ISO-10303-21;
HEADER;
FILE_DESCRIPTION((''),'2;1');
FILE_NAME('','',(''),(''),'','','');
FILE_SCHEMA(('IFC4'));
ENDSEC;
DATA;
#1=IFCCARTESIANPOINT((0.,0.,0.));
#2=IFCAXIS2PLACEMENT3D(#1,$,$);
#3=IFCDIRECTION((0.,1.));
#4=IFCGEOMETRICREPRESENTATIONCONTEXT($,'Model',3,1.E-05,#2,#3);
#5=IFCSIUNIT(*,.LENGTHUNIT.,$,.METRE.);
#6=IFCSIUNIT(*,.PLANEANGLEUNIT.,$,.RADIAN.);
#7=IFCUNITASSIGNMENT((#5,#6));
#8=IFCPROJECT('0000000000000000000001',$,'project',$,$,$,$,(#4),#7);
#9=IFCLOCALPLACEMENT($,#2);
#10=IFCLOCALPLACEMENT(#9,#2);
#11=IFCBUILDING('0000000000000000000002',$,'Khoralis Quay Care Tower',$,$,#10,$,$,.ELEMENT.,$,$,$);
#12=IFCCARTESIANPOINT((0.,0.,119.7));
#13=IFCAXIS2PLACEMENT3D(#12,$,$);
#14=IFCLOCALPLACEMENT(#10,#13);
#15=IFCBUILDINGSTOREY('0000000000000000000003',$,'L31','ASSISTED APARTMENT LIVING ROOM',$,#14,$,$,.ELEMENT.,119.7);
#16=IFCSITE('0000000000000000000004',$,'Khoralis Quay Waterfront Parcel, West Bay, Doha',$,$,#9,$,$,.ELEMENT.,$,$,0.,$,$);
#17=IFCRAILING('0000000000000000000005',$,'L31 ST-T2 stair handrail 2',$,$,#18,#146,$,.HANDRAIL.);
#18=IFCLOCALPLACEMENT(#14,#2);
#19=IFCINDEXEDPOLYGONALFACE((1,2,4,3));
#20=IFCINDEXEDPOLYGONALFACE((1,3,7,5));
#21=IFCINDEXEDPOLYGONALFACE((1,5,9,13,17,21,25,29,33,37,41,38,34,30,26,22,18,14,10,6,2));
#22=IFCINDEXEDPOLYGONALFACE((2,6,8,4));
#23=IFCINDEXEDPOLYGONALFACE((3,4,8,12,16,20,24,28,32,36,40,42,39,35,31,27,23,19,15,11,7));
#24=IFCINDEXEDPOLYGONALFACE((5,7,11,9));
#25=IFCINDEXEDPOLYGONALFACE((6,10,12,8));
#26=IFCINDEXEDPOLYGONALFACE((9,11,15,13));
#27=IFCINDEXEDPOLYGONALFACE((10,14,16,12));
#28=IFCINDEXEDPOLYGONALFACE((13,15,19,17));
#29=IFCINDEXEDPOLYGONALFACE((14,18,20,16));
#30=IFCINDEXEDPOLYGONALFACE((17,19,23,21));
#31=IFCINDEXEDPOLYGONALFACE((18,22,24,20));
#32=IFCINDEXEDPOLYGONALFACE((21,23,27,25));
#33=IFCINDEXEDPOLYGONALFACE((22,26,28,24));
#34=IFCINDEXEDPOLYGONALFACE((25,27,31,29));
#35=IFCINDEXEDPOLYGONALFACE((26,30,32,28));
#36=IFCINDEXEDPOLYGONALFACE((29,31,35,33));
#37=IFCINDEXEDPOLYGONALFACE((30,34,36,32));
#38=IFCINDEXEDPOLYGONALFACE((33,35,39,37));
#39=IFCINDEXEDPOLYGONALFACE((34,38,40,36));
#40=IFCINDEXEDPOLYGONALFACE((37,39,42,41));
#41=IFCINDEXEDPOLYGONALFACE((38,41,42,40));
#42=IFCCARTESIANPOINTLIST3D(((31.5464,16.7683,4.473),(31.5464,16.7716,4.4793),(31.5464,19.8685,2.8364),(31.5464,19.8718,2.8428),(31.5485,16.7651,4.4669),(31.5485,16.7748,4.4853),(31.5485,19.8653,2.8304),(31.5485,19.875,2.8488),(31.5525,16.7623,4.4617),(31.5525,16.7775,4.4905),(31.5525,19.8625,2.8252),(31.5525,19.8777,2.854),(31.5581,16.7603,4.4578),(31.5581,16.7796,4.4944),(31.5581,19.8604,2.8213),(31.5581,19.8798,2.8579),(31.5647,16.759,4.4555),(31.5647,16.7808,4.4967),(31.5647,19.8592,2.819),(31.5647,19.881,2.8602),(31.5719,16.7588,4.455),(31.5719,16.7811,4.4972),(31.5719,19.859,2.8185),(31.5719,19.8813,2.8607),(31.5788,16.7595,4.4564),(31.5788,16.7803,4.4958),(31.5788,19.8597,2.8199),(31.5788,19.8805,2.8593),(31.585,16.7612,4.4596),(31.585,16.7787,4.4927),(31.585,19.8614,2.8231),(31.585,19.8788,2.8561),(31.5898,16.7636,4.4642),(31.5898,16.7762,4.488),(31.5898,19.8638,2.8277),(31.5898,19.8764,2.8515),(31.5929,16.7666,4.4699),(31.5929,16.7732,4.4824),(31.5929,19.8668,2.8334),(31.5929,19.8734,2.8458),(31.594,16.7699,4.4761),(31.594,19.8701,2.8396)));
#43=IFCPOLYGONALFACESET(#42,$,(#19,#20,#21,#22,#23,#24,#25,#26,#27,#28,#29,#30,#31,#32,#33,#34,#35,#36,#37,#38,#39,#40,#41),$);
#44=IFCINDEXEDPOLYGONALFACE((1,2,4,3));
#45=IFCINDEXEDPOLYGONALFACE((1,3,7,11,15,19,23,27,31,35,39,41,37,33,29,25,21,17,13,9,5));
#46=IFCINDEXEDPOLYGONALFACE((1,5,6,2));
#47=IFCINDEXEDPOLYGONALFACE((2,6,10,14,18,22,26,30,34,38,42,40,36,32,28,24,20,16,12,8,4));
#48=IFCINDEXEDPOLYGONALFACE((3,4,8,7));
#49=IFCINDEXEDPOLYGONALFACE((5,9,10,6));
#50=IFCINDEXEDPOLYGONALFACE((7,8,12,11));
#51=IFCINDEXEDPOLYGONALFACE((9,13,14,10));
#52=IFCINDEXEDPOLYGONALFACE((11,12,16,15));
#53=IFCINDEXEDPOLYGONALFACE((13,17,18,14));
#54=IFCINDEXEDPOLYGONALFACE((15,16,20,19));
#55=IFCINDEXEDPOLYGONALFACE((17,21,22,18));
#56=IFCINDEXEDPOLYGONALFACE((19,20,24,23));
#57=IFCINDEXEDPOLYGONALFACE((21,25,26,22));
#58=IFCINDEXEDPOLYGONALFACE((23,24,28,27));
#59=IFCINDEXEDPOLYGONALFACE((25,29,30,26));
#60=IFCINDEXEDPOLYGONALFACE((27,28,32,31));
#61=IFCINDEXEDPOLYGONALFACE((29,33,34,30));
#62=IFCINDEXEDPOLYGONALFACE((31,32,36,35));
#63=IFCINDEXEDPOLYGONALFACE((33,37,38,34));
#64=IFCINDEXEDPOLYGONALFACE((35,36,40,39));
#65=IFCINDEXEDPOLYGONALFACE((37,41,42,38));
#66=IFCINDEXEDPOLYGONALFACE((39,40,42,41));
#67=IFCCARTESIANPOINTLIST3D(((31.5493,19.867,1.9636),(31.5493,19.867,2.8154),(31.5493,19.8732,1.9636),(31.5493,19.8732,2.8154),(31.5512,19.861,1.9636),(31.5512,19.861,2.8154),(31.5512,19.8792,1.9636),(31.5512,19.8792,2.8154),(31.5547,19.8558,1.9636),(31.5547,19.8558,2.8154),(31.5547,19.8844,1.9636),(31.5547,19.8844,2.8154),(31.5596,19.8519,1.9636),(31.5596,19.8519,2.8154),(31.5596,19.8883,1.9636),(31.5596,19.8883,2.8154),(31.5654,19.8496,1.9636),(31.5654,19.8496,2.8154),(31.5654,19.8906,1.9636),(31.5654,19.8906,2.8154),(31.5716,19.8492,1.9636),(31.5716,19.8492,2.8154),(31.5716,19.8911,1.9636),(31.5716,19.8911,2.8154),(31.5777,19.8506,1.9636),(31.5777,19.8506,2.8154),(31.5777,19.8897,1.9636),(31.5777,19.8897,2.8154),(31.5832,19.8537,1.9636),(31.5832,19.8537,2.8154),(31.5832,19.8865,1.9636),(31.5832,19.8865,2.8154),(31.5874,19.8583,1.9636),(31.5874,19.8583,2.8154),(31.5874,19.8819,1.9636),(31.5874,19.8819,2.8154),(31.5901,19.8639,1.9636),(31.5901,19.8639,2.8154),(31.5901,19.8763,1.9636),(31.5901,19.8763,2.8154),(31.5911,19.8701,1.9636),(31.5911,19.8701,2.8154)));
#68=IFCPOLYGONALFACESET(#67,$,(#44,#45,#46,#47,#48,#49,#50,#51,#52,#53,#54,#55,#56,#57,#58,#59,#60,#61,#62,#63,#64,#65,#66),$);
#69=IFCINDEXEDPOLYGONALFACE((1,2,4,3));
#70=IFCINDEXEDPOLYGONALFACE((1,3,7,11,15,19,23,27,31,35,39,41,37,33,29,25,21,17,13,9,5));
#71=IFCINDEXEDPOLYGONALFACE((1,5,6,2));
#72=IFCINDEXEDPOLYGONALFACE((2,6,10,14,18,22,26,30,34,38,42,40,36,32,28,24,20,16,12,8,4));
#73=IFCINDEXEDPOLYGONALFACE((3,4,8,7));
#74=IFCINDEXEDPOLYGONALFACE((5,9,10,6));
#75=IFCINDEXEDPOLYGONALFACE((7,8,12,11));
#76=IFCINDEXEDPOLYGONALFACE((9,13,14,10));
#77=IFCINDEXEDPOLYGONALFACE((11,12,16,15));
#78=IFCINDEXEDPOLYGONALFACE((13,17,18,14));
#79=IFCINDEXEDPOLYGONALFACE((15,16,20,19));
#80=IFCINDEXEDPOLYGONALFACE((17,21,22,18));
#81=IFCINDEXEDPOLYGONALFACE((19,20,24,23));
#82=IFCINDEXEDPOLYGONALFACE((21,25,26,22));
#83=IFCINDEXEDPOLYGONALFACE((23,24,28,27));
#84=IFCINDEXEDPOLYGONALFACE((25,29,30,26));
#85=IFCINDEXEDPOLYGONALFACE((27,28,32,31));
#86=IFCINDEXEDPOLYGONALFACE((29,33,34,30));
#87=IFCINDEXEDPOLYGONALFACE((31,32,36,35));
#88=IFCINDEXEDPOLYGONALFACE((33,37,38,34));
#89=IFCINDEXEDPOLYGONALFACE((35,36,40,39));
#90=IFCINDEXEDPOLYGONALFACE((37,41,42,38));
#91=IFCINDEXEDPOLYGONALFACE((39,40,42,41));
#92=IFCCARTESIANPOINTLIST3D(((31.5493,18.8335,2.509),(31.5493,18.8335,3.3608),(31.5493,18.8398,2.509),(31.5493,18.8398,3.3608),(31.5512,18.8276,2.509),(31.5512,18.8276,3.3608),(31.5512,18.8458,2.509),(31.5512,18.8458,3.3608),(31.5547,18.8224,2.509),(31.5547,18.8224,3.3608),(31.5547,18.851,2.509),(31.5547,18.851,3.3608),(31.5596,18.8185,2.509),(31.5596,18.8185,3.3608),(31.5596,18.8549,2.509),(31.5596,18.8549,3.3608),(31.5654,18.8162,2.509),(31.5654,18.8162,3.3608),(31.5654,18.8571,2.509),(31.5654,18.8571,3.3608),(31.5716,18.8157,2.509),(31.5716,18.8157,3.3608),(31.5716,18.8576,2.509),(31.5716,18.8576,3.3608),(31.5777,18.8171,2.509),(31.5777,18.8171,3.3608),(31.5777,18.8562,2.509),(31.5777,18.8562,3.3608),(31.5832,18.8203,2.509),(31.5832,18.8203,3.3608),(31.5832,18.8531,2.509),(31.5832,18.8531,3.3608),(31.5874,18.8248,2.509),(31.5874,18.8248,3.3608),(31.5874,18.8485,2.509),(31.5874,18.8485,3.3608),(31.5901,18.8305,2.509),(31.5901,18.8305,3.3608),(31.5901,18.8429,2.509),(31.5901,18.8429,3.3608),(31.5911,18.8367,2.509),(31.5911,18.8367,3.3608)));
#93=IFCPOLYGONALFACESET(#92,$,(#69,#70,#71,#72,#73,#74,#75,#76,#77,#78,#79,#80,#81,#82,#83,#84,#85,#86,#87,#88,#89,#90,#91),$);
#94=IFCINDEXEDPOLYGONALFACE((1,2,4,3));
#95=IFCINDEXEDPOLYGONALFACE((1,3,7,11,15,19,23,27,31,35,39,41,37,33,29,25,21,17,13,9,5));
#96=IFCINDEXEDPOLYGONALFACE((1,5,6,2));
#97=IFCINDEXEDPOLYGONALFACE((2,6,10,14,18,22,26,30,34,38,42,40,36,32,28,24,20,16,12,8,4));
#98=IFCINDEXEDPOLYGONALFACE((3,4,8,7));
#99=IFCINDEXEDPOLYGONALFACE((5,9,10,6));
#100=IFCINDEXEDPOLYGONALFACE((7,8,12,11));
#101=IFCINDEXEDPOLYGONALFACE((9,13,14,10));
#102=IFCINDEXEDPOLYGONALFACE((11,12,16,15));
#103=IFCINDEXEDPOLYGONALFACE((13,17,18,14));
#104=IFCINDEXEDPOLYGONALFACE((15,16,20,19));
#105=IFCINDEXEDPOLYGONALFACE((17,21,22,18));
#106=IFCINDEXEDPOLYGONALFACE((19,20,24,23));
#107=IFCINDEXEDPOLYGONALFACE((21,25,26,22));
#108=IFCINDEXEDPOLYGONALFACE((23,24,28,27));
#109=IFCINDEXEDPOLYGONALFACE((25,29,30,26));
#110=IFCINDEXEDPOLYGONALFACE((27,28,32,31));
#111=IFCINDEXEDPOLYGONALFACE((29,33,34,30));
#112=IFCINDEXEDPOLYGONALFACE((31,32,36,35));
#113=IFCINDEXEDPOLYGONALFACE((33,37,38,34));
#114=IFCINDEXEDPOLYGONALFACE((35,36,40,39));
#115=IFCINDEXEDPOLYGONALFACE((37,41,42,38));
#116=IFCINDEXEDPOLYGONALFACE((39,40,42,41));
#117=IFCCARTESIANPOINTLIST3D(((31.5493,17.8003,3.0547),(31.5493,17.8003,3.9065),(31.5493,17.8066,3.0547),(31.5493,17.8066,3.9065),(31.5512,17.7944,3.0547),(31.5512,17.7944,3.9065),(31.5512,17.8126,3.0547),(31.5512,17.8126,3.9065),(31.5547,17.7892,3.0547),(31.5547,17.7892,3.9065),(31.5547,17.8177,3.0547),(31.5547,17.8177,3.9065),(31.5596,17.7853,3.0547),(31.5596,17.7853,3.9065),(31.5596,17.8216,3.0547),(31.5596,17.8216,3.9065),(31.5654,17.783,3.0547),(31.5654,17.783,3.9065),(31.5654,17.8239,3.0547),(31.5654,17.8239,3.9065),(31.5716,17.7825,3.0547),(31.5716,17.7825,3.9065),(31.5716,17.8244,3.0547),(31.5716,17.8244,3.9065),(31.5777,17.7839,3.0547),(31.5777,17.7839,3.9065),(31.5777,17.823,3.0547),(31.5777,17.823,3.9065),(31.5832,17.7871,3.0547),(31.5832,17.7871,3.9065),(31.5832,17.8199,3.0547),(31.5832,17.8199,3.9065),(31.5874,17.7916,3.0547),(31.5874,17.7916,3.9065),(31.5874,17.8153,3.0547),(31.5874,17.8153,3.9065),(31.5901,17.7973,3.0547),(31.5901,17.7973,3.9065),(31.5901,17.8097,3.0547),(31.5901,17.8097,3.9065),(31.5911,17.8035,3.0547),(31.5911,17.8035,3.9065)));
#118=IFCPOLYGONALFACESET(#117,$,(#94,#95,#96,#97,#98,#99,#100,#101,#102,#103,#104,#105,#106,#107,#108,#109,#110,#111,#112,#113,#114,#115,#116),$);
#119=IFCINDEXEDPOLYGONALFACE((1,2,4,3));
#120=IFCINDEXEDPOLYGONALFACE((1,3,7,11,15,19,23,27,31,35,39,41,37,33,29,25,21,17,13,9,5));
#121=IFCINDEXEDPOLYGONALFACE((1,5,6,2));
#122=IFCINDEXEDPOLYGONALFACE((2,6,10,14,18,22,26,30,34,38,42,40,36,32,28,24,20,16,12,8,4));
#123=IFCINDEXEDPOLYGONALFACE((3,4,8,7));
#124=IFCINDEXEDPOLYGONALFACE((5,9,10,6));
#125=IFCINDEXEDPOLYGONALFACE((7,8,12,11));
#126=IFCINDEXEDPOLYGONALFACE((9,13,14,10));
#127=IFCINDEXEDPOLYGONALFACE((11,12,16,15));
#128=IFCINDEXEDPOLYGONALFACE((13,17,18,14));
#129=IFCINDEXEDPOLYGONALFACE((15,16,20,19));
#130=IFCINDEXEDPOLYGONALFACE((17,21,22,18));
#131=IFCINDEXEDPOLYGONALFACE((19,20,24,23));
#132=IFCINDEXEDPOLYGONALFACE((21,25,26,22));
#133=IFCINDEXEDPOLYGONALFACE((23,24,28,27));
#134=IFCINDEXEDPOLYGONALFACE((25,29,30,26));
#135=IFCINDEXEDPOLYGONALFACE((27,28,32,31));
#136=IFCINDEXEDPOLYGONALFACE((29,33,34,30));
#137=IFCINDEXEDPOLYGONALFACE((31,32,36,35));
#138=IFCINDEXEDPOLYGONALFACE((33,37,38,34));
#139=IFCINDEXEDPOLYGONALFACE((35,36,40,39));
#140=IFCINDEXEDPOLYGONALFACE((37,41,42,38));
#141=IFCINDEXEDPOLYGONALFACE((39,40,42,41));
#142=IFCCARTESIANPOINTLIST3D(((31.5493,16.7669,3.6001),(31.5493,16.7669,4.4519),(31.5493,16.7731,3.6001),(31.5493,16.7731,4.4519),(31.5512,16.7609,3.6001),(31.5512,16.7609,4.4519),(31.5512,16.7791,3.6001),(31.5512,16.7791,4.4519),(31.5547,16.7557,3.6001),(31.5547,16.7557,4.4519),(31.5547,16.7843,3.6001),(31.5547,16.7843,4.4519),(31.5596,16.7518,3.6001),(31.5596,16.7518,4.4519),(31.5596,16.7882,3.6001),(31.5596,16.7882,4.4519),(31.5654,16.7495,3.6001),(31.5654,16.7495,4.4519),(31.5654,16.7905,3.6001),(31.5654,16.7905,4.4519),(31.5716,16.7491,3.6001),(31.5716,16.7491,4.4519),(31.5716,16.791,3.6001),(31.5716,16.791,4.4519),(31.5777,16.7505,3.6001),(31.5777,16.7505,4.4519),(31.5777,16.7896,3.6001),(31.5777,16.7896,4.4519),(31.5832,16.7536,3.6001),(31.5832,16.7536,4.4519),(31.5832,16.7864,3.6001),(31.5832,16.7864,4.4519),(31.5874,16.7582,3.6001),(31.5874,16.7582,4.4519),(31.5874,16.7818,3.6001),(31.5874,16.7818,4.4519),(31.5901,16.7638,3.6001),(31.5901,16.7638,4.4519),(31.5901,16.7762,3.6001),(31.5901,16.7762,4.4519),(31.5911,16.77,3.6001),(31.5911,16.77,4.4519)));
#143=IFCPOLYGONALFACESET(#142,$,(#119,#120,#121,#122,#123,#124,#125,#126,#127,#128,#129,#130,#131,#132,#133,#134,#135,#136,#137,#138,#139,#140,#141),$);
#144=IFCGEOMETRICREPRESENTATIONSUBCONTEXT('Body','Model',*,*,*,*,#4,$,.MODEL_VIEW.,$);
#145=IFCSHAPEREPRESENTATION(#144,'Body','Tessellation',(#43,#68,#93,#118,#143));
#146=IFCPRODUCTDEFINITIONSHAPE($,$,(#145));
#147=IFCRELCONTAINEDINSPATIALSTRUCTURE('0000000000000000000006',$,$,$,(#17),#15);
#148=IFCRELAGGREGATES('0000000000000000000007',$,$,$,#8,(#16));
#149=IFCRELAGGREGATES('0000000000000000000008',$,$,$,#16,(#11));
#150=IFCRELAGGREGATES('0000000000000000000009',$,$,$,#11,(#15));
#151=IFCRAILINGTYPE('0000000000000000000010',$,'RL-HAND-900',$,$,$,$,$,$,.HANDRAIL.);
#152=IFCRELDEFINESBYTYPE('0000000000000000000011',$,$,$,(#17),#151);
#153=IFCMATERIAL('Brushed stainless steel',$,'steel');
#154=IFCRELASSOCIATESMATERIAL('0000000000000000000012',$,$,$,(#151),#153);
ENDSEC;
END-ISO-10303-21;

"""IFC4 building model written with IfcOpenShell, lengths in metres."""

from ifc_helpers import new_model, si_unit, direction, frame, origin, origin_2d, place, context, subcontext, project, spatial, circle, extrude, material, type_object, element, save


model = new_model("IFC4")

# Units and contexts
model_context = context("Model", 3, precision=1e-05, world=origin(), true_north=direction((0.0, 1.0)))
body_context = subcontext(model_context, "Body", "Model", "MODEL_VIEW")
ifc_project = project(units=[si_unit("LENGTHUNIT", "METRE"), si_unit("PLANEANGLEUNIT", "RADIAN")], contexts=[model_context])

# Site, building, storey
site_placement = place(None, origin())
site = spatial("IfcSite", under=ifc_project, at=site_placement, Name="Khoralis Quay Waterfront Parcel, West Bay, Doha", CompositionType="ELEMENT", RefElevation=0.0)
building_placement = place(site_placement, origin())
building = spatial("IfcBuilding", under=site, at=building_placement, Name="Khoralis Quay Care Tower", CompositionType="ELEMENT")
storey_placement = place(building_placement, frame((0.0, 0.0, 119.7)))
storey = spatial("IfcBuildingStorey", under=building, at=storey_placement, Name="L31", Description="ASSISTED APARTMENT LIVING ROOM", CompositionType="ELEMENT", Elevation=119.7)

# Shared definitions
ifc_material_1 = material(Name="Brushed stainless steel", Category="steel")

# Railing
railing_type = type_object("IfcRailingType", Name="RL-HAND-900", PredefinedType="HANDRAIL", material=ifc_material_1)
railing_placement = place(storey_placement, frame((31.5701, 19.8701, 1.9636)))
element("IfcRailing", 1, at=railing_placement, inside=storey, type_object=railing_type, Name="L31 ST-T2 stair handrail 2", PredefinedType="HANDRAIL", context=body_context, shape_type="SweptSolid", body=[
    extrude(circle(Radius=0.0239, at=origin_2d()), frame((0.0, 0.0, 0.876), z_axis=(0.0, -0.884348, 0.466828), x_axis=(1.0, 0.0, 0.0)), (0.0, 0.0, 1.0), 3.5056),
    extrude(circle(Radius=0.021, at=origin_2d()), origin(), (0.0, 0.0, 1.0), 0.8518),
    extrude(circle(Radius=0.021, at=origin_2d()), frame((0.0, -1.0334, 0.5454)), (0.0, 0.0, 1.0), 0.8518),
    extrude(circle(Radius=0.021, at=origin_2d()), frame((0.0, -2.0667, 1.0911)), (0.0, 0.0, 1.0), 0.8518),
    extrude(circle(Radius=0.021, at=origin_2d()), frame((0.0, -3.1001, 1.6365)), (0.0, 0.0, 1.0), 0.8518),
])

save(model, "model.ifc")
